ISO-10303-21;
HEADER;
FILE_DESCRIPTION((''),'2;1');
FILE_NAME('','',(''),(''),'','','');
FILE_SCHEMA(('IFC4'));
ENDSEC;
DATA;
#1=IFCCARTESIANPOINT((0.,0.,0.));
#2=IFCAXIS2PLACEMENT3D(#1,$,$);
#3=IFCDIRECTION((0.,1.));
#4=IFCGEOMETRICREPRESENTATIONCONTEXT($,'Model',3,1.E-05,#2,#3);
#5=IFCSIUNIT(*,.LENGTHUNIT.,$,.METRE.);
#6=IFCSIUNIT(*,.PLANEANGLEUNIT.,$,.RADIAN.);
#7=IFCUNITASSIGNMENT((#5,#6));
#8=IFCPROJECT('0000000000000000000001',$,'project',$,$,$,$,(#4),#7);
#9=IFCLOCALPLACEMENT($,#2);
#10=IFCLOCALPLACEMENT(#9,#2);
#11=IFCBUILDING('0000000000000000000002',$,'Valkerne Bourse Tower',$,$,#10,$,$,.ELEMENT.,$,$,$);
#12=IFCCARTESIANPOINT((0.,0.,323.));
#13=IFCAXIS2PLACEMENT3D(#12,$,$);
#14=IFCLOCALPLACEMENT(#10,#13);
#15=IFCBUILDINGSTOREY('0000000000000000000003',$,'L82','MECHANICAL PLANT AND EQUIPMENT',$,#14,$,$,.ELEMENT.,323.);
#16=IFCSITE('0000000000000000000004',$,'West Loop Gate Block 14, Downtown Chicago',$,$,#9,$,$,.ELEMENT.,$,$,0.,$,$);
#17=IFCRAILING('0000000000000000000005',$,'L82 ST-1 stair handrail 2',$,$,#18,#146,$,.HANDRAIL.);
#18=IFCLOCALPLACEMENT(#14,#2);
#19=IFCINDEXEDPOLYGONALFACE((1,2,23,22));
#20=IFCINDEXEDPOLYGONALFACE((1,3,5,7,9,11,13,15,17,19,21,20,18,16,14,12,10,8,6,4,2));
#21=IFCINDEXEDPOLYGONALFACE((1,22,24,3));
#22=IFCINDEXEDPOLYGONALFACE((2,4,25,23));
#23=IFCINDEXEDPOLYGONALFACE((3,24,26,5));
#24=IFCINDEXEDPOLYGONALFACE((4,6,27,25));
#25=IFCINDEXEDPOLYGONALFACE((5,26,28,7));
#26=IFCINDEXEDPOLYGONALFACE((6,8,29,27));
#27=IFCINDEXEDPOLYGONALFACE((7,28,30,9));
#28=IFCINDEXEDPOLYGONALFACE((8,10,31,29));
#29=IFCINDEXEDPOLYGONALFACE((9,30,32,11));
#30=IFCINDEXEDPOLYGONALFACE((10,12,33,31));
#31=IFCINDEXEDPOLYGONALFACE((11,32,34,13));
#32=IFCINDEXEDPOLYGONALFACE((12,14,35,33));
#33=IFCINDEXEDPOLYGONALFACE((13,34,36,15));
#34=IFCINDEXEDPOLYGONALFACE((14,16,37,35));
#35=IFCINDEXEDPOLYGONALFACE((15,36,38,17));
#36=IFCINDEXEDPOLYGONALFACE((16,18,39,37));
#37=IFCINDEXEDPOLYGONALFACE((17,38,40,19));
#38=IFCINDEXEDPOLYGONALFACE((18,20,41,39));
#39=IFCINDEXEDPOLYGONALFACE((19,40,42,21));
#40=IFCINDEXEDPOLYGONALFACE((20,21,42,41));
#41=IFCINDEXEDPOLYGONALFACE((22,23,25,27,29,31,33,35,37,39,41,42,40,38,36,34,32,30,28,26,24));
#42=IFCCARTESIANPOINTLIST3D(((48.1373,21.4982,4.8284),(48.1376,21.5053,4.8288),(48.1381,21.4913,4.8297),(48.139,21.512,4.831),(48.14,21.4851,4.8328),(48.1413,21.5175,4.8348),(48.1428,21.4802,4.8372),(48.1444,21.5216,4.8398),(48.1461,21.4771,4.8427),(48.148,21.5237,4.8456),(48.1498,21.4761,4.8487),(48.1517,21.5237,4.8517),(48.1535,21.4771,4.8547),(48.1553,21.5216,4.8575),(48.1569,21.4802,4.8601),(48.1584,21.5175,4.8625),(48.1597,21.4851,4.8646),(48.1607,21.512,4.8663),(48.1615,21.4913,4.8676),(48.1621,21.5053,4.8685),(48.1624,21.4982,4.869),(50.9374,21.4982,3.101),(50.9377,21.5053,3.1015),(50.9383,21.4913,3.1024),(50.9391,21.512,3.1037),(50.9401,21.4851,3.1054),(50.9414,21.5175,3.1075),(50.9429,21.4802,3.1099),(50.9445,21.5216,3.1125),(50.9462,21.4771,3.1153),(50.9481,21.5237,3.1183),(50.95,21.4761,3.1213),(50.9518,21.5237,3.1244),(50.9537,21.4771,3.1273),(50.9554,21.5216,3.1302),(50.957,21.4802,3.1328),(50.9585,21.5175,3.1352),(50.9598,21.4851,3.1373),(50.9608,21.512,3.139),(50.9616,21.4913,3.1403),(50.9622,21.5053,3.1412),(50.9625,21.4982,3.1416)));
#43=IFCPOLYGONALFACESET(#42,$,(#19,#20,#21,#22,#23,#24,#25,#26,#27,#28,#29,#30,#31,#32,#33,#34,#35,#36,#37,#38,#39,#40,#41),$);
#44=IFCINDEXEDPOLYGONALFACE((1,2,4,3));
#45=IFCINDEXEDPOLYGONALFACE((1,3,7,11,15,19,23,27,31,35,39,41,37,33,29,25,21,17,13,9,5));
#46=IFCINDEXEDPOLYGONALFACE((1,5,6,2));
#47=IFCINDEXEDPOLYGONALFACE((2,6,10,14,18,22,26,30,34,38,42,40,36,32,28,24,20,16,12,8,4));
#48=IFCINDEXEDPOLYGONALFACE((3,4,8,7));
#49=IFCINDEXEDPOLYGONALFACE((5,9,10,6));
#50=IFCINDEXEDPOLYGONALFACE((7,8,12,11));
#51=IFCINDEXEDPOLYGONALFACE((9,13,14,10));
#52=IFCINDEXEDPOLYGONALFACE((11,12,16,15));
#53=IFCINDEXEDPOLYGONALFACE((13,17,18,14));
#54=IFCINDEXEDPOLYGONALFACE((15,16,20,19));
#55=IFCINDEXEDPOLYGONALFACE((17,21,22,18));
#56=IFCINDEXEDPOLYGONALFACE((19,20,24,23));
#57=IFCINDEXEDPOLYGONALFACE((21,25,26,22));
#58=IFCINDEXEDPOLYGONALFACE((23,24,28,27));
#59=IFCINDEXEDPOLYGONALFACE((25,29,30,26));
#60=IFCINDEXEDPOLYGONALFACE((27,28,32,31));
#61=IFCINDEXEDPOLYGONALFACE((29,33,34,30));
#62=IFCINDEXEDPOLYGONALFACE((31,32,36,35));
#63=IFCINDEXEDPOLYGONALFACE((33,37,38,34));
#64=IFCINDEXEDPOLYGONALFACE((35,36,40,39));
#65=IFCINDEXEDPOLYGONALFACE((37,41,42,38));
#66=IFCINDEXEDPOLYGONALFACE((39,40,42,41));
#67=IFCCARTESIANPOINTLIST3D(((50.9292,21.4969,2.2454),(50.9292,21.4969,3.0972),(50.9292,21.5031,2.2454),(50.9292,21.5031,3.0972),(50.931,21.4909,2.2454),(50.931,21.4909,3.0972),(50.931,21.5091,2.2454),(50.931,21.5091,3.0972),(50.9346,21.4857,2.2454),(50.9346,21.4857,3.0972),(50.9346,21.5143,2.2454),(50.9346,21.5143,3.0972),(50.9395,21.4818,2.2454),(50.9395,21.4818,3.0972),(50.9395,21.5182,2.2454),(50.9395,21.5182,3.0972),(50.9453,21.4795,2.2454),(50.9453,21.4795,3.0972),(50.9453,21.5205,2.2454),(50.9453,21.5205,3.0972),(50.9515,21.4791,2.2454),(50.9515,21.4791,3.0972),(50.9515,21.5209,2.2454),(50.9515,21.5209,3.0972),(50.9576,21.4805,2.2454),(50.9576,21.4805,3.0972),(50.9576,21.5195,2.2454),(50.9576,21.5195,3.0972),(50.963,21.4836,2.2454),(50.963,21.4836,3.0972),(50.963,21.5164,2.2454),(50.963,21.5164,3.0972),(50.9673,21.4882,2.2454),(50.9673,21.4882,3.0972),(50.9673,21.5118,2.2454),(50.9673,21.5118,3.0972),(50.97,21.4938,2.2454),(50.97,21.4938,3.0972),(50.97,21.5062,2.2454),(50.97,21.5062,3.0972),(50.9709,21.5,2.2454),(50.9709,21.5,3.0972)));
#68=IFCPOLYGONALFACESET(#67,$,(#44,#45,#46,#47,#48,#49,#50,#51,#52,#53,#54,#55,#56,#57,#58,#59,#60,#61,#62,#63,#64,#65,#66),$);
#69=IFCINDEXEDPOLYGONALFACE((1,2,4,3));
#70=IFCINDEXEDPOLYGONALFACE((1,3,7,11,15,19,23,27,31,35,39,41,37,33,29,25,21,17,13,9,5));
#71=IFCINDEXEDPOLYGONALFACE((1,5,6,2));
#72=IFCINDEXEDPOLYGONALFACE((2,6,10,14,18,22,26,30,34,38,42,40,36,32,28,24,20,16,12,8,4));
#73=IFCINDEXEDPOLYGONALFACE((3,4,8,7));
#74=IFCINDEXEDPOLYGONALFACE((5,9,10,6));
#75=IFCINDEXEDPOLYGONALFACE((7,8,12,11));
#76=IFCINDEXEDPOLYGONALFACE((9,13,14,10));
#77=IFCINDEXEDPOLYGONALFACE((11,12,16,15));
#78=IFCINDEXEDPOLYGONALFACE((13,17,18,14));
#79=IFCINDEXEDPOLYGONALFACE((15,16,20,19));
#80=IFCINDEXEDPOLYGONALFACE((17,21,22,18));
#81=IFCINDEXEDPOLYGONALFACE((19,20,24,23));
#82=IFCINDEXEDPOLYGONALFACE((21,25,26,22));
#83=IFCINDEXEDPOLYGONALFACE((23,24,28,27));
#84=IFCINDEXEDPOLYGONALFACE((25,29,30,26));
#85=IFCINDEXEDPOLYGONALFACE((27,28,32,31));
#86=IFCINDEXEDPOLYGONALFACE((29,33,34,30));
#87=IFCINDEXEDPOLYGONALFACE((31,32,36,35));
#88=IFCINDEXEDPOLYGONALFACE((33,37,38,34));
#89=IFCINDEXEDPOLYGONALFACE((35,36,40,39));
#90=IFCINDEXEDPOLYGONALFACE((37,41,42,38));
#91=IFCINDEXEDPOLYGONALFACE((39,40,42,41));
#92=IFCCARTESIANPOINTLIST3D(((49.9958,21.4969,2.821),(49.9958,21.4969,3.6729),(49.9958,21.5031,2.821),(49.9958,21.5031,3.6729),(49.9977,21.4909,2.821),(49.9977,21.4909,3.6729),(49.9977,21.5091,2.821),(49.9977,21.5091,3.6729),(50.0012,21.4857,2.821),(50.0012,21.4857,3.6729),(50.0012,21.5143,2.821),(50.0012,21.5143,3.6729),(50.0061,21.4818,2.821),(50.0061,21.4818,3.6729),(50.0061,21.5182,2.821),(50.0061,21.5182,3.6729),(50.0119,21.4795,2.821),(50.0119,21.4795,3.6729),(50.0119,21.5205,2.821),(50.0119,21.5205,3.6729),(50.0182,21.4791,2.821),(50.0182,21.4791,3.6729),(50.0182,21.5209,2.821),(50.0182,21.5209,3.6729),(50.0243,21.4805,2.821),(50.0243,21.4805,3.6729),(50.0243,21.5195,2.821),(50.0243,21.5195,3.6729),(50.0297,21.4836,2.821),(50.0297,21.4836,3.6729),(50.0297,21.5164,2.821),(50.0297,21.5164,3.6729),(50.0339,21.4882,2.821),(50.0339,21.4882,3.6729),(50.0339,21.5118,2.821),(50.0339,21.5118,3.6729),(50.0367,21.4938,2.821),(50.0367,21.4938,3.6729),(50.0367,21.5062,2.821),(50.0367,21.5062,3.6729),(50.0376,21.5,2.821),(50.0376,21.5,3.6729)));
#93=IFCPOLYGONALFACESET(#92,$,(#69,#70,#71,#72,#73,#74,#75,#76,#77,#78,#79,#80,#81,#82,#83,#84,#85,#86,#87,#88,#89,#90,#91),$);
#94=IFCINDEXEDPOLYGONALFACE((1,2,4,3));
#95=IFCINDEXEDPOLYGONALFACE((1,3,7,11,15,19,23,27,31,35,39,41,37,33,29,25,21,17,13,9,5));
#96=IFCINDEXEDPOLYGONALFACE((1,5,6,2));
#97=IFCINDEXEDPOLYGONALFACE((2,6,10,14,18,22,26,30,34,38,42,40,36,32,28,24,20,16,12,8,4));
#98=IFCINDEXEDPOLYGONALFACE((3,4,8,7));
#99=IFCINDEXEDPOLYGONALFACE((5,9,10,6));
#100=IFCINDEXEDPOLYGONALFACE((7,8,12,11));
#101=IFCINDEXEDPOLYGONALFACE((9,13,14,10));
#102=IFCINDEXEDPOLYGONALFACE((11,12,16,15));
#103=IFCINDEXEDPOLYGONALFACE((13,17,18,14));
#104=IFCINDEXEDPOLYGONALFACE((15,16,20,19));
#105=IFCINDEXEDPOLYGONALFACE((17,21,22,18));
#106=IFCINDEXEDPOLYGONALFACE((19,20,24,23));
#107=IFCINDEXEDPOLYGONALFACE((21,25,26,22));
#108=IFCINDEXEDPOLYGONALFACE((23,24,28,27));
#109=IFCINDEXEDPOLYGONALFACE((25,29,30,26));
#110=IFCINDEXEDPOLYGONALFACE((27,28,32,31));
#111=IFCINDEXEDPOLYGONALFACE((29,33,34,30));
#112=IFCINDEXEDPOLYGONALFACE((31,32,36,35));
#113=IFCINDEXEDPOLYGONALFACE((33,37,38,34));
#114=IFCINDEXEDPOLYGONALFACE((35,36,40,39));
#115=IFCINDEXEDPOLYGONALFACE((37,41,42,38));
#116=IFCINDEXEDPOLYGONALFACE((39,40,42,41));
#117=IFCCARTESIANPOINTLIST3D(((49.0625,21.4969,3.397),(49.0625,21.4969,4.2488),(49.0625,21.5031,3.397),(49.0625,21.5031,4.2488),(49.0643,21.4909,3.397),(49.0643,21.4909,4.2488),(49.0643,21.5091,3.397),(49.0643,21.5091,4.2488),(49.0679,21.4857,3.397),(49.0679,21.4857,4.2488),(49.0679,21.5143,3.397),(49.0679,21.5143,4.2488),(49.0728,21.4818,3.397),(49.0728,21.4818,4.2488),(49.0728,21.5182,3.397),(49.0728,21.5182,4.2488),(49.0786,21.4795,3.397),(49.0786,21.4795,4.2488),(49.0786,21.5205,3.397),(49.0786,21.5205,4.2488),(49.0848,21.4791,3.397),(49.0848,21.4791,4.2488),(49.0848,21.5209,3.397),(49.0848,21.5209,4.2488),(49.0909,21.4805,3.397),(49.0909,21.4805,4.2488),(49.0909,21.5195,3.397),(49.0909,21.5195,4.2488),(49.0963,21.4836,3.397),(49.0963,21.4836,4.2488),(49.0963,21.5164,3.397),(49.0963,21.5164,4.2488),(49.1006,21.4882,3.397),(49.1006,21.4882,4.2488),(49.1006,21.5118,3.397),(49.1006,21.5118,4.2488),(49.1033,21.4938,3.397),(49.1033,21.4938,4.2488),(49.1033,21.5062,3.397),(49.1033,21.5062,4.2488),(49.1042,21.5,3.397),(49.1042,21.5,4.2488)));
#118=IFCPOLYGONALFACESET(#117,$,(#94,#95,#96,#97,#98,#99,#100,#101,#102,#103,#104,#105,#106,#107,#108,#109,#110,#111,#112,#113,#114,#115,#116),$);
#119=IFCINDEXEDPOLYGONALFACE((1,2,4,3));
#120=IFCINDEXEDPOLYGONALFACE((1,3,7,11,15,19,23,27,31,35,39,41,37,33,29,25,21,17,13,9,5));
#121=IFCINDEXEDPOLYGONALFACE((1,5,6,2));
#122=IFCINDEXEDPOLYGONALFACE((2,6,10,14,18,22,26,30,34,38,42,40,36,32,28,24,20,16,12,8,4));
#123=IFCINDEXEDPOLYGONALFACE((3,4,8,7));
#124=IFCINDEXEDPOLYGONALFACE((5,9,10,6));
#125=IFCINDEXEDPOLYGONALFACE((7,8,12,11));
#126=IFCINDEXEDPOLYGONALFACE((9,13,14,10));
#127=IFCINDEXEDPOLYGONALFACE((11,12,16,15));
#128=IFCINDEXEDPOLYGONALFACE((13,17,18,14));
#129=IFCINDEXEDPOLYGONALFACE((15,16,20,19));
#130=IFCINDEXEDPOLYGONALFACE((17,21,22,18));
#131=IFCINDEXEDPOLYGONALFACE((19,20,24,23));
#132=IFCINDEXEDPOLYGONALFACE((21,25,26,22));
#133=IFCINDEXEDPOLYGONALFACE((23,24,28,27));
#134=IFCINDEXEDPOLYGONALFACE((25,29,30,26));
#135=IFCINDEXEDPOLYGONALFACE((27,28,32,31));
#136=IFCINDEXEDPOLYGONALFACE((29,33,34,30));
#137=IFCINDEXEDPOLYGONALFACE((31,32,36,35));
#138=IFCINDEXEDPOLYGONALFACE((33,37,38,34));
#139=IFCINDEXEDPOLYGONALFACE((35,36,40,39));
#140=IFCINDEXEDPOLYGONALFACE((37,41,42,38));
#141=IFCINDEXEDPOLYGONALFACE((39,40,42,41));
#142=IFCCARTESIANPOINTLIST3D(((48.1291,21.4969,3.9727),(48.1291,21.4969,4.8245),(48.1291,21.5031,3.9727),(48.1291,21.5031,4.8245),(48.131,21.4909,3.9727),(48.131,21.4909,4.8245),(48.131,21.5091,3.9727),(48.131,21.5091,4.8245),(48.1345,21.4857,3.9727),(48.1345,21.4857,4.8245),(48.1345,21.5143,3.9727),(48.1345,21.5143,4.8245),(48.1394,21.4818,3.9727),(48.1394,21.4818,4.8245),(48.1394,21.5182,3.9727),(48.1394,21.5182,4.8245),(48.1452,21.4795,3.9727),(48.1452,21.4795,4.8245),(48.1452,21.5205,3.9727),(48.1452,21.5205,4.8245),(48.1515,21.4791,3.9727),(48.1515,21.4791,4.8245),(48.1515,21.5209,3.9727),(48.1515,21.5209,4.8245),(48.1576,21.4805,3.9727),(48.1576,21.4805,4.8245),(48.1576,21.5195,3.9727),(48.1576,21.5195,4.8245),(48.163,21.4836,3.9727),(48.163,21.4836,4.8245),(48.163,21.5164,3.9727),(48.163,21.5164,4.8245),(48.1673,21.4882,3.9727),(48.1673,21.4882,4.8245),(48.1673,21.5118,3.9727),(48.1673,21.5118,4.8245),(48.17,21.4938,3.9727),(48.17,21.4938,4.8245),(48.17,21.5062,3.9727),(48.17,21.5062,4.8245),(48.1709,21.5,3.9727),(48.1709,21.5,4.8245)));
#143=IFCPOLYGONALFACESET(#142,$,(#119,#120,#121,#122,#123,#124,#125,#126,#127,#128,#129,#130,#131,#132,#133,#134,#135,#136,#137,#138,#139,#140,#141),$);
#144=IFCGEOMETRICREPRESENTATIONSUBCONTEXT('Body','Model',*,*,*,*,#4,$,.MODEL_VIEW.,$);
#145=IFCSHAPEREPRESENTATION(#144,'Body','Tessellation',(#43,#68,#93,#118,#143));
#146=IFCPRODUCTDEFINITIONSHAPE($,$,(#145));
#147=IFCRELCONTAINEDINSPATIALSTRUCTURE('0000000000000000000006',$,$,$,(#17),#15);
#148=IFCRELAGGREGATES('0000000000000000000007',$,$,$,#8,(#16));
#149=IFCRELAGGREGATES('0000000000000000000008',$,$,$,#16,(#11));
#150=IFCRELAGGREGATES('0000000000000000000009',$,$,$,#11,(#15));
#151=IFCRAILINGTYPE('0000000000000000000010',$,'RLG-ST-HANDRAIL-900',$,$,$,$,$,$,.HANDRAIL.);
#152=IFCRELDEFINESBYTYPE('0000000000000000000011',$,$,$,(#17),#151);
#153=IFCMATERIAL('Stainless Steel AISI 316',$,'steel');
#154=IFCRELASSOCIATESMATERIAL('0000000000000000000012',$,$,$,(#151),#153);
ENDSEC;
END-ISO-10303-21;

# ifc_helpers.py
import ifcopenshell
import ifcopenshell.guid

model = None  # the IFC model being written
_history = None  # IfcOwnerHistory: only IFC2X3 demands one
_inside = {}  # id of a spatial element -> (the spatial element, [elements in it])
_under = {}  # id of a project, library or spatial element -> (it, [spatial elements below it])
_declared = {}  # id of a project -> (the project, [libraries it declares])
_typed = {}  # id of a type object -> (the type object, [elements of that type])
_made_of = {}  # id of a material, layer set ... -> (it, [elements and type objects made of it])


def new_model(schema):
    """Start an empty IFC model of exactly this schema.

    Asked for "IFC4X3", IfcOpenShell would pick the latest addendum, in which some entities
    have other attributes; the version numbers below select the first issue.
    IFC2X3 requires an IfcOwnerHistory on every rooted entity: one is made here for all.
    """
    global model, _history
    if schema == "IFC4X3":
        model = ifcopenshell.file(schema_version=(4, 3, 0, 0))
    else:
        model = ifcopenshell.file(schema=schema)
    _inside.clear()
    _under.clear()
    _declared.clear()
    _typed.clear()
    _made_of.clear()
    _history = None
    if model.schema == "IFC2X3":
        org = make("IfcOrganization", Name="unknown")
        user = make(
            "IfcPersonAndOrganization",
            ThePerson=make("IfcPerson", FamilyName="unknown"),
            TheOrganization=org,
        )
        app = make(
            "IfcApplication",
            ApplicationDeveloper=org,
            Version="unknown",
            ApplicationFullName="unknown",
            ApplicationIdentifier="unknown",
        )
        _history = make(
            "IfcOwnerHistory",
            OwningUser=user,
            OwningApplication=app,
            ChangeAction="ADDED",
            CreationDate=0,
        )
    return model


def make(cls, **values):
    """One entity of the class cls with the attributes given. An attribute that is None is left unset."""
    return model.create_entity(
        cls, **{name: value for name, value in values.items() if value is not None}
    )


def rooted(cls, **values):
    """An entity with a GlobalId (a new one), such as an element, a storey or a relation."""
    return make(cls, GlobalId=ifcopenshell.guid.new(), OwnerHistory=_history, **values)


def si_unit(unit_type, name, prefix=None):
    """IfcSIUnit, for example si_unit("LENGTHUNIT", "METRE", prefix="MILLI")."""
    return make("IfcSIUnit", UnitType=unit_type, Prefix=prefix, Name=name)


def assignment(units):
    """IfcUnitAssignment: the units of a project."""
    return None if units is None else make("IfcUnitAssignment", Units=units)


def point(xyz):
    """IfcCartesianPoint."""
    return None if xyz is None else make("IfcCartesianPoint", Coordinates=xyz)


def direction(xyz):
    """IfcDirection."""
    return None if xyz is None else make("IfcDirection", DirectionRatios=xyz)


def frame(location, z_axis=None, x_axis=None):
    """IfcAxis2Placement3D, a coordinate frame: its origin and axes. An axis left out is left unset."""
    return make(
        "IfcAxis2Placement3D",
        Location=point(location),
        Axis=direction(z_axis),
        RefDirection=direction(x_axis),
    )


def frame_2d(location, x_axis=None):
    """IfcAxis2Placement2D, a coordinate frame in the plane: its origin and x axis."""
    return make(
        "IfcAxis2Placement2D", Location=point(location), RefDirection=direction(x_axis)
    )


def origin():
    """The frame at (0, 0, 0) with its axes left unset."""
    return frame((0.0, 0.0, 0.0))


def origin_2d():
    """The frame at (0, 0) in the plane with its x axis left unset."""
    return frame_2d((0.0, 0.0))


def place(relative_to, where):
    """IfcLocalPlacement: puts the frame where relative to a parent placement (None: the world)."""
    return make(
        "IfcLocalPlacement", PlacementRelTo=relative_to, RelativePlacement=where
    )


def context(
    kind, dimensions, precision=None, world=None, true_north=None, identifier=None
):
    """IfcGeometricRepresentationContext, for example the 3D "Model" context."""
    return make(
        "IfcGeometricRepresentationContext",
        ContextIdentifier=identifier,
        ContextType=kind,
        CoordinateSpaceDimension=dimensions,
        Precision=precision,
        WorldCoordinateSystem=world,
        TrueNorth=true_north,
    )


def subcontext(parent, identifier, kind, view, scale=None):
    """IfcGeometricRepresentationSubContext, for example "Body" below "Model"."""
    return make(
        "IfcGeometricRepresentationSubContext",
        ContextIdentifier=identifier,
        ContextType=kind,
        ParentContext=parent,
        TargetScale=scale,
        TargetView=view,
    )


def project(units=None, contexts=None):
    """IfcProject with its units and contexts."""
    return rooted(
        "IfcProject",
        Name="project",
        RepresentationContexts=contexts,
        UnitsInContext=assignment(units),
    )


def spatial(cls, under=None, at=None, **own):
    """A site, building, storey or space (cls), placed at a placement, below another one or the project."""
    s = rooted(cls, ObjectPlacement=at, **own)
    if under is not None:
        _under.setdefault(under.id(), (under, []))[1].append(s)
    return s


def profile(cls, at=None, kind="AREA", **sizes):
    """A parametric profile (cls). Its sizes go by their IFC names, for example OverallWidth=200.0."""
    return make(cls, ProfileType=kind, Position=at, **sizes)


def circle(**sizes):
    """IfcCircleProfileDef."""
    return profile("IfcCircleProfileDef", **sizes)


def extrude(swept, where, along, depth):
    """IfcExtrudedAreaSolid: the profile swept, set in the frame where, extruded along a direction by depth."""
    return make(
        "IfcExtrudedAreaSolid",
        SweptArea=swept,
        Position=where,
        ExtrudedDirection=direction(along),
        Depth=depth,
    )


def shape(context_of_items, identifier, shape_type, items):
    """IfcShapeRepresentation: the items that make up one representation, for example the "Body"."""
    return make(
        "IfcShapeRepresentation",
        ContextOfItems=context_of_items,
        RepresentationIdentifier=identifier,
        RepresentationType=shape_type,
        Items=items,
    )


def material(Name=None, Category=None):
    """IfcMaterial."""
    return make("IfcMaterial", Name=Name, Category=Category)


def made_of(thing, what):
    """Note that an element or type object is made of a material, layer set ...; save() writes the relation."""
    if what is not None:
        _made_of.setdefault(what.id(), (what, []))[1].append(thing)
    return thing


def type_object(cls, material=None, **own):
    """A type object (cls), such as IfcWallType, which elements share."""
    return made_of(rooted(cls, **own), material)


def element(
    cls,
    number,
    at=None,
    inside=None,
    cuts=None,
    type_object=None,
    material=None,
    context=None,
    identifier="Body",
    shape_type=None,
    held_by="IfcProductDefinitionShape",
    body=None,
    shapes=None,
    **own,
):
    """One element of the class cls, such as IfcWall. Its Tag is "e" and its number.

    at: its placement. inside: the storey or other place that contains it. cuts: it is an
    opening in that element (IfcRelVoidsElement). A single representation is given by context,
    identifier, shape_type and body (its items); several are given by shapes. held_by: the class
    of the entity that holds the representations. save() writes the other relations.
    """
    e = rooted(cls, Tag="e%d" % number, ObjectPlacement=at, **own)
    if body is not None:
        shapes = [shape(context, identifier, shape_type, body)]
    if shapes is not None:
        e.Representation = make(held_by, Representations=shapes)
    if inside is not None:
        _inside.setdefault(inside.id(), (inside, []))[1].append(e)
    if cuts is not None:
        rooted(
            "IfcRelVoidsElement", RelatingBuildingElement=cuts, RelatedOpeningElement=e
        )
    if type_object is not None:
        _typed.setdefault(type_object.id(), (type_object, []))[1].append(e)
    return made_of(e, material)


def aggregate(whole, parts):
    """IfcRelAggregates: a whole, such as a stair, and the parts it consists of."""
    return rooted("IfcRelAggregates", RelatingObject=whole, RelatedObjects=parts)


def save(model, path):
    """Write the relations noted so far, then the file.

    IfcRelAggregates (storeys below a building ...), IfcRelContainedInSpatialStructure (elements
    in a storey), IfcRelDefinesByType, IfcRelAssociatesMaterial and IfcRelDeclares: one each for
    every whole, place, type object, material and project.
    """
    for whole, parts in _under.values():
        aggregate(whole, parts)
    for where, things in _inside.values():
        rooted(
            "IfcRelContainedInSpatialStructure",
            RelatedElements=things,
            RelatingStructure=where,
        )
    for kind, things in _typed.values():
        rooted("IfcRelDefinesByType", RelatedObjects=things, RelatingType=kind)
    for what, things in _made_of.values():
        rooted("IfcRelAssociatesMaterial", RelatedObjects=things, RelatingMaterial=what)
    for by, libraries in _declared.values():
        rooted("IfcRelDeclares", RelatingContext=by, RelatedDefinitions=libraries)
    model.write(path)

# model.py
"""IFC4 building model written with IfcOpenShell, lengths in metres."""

from ifc_helpers import new_model, si_unit, direction, frame, origin, origin_2d, place, context, subcontext, project, spatial, circle, extrude, material, type_object, element, save


model = new_model("IFC4")

# Units and contexts
model_context = context("Model", 3, precision=1e-05, world=origin(), true_north=direction((0.0, 1.0)))
body_context = subcontext(model_context, "Body", "Model", "MODEL_VIEW")
ifc_project = project(units=[si_unit("LENGTHUNIT", "METRE"), si_unit("PLANEANGLEUNIT", "RADIAN")], contexts=[model_context])

# Site, building, storey
site_placement = place(None, origin())
site = spatial("IfcSite", under=ifc_project, at=site_placement, Name="West Loop Gate Block 14, Downtown Chicago", CompositionType="ELEMENT", RefElevation=0.0)
building_placement = place(site_placement, origin())
building = spatial("IfcBuilding", under=site, at=building_placement, Name="Valkerne Bourse Tower", CompositionType="ELEMENT")
storey_placement = place(building_placement, frame((0.0, 0.0, 323.0)))
storey = spatial("IfcBuildingStorey", under=building, at=storey_placement, Name="L82", Description="MECHANICAL PLANT AND EQUIPMENT", CompositionType="ELEMENT", Elevation=323.0)

# Shared definitions
ifc_material_1 = material(Name="Stainless Steel AISI 316", Category="steel")

# Railing
railing_type_1 = type_object("IfcRailingType", Name="RLG-ST-HANDRAIL-900", PredefinedType="HANDRAIL", material=ifc_material_1)
railing_1_placement = place(storey_placement, frame((50.95, 21.5, 2.2454)))
element("IfcRailing", 1, at=railing_1_placement, inside=storey, type_object=railing_type_1, Name="L82 ST-1 stair handrail 2", PredefinedType="HANDRAIL", context=body_context, shape_type="SweptSolid", body=[
    extrude(circle(Radius=0.0239, at=origin_2d()), frame((0.0, 0.0, 0.876), z_axis=(-0.85109, 0.0, 0.52502), x_axis=(0.0, -1.0, 0.0)), (0.0, 0.0, 1.0), 3.29),
    extrude(circle(Radius=0.021, at=origin_2d()), origin(), (0.0, 0.0, 1.0), 0.8518),
    extrude(circle(Radius=0.021, at=origin_2d()), frame((-0.9333, 0.0, 0.5757)), (0.0, 0.0, 1.0), 0.8518),
    extrude(circle(Radius=0.021, at=origin_2d()), frame((-1.8667, 0.0, 1.1516)), (0.0, 0.0, 1.0), 0.8518),
    extrude(circle(Radius=0.021, at=origin_2d()), frame((-2.8, 0.0, 1.7273)), (0.0, 0.0, 1.0), 0.8518),
])

save(model, "model.ifc")
